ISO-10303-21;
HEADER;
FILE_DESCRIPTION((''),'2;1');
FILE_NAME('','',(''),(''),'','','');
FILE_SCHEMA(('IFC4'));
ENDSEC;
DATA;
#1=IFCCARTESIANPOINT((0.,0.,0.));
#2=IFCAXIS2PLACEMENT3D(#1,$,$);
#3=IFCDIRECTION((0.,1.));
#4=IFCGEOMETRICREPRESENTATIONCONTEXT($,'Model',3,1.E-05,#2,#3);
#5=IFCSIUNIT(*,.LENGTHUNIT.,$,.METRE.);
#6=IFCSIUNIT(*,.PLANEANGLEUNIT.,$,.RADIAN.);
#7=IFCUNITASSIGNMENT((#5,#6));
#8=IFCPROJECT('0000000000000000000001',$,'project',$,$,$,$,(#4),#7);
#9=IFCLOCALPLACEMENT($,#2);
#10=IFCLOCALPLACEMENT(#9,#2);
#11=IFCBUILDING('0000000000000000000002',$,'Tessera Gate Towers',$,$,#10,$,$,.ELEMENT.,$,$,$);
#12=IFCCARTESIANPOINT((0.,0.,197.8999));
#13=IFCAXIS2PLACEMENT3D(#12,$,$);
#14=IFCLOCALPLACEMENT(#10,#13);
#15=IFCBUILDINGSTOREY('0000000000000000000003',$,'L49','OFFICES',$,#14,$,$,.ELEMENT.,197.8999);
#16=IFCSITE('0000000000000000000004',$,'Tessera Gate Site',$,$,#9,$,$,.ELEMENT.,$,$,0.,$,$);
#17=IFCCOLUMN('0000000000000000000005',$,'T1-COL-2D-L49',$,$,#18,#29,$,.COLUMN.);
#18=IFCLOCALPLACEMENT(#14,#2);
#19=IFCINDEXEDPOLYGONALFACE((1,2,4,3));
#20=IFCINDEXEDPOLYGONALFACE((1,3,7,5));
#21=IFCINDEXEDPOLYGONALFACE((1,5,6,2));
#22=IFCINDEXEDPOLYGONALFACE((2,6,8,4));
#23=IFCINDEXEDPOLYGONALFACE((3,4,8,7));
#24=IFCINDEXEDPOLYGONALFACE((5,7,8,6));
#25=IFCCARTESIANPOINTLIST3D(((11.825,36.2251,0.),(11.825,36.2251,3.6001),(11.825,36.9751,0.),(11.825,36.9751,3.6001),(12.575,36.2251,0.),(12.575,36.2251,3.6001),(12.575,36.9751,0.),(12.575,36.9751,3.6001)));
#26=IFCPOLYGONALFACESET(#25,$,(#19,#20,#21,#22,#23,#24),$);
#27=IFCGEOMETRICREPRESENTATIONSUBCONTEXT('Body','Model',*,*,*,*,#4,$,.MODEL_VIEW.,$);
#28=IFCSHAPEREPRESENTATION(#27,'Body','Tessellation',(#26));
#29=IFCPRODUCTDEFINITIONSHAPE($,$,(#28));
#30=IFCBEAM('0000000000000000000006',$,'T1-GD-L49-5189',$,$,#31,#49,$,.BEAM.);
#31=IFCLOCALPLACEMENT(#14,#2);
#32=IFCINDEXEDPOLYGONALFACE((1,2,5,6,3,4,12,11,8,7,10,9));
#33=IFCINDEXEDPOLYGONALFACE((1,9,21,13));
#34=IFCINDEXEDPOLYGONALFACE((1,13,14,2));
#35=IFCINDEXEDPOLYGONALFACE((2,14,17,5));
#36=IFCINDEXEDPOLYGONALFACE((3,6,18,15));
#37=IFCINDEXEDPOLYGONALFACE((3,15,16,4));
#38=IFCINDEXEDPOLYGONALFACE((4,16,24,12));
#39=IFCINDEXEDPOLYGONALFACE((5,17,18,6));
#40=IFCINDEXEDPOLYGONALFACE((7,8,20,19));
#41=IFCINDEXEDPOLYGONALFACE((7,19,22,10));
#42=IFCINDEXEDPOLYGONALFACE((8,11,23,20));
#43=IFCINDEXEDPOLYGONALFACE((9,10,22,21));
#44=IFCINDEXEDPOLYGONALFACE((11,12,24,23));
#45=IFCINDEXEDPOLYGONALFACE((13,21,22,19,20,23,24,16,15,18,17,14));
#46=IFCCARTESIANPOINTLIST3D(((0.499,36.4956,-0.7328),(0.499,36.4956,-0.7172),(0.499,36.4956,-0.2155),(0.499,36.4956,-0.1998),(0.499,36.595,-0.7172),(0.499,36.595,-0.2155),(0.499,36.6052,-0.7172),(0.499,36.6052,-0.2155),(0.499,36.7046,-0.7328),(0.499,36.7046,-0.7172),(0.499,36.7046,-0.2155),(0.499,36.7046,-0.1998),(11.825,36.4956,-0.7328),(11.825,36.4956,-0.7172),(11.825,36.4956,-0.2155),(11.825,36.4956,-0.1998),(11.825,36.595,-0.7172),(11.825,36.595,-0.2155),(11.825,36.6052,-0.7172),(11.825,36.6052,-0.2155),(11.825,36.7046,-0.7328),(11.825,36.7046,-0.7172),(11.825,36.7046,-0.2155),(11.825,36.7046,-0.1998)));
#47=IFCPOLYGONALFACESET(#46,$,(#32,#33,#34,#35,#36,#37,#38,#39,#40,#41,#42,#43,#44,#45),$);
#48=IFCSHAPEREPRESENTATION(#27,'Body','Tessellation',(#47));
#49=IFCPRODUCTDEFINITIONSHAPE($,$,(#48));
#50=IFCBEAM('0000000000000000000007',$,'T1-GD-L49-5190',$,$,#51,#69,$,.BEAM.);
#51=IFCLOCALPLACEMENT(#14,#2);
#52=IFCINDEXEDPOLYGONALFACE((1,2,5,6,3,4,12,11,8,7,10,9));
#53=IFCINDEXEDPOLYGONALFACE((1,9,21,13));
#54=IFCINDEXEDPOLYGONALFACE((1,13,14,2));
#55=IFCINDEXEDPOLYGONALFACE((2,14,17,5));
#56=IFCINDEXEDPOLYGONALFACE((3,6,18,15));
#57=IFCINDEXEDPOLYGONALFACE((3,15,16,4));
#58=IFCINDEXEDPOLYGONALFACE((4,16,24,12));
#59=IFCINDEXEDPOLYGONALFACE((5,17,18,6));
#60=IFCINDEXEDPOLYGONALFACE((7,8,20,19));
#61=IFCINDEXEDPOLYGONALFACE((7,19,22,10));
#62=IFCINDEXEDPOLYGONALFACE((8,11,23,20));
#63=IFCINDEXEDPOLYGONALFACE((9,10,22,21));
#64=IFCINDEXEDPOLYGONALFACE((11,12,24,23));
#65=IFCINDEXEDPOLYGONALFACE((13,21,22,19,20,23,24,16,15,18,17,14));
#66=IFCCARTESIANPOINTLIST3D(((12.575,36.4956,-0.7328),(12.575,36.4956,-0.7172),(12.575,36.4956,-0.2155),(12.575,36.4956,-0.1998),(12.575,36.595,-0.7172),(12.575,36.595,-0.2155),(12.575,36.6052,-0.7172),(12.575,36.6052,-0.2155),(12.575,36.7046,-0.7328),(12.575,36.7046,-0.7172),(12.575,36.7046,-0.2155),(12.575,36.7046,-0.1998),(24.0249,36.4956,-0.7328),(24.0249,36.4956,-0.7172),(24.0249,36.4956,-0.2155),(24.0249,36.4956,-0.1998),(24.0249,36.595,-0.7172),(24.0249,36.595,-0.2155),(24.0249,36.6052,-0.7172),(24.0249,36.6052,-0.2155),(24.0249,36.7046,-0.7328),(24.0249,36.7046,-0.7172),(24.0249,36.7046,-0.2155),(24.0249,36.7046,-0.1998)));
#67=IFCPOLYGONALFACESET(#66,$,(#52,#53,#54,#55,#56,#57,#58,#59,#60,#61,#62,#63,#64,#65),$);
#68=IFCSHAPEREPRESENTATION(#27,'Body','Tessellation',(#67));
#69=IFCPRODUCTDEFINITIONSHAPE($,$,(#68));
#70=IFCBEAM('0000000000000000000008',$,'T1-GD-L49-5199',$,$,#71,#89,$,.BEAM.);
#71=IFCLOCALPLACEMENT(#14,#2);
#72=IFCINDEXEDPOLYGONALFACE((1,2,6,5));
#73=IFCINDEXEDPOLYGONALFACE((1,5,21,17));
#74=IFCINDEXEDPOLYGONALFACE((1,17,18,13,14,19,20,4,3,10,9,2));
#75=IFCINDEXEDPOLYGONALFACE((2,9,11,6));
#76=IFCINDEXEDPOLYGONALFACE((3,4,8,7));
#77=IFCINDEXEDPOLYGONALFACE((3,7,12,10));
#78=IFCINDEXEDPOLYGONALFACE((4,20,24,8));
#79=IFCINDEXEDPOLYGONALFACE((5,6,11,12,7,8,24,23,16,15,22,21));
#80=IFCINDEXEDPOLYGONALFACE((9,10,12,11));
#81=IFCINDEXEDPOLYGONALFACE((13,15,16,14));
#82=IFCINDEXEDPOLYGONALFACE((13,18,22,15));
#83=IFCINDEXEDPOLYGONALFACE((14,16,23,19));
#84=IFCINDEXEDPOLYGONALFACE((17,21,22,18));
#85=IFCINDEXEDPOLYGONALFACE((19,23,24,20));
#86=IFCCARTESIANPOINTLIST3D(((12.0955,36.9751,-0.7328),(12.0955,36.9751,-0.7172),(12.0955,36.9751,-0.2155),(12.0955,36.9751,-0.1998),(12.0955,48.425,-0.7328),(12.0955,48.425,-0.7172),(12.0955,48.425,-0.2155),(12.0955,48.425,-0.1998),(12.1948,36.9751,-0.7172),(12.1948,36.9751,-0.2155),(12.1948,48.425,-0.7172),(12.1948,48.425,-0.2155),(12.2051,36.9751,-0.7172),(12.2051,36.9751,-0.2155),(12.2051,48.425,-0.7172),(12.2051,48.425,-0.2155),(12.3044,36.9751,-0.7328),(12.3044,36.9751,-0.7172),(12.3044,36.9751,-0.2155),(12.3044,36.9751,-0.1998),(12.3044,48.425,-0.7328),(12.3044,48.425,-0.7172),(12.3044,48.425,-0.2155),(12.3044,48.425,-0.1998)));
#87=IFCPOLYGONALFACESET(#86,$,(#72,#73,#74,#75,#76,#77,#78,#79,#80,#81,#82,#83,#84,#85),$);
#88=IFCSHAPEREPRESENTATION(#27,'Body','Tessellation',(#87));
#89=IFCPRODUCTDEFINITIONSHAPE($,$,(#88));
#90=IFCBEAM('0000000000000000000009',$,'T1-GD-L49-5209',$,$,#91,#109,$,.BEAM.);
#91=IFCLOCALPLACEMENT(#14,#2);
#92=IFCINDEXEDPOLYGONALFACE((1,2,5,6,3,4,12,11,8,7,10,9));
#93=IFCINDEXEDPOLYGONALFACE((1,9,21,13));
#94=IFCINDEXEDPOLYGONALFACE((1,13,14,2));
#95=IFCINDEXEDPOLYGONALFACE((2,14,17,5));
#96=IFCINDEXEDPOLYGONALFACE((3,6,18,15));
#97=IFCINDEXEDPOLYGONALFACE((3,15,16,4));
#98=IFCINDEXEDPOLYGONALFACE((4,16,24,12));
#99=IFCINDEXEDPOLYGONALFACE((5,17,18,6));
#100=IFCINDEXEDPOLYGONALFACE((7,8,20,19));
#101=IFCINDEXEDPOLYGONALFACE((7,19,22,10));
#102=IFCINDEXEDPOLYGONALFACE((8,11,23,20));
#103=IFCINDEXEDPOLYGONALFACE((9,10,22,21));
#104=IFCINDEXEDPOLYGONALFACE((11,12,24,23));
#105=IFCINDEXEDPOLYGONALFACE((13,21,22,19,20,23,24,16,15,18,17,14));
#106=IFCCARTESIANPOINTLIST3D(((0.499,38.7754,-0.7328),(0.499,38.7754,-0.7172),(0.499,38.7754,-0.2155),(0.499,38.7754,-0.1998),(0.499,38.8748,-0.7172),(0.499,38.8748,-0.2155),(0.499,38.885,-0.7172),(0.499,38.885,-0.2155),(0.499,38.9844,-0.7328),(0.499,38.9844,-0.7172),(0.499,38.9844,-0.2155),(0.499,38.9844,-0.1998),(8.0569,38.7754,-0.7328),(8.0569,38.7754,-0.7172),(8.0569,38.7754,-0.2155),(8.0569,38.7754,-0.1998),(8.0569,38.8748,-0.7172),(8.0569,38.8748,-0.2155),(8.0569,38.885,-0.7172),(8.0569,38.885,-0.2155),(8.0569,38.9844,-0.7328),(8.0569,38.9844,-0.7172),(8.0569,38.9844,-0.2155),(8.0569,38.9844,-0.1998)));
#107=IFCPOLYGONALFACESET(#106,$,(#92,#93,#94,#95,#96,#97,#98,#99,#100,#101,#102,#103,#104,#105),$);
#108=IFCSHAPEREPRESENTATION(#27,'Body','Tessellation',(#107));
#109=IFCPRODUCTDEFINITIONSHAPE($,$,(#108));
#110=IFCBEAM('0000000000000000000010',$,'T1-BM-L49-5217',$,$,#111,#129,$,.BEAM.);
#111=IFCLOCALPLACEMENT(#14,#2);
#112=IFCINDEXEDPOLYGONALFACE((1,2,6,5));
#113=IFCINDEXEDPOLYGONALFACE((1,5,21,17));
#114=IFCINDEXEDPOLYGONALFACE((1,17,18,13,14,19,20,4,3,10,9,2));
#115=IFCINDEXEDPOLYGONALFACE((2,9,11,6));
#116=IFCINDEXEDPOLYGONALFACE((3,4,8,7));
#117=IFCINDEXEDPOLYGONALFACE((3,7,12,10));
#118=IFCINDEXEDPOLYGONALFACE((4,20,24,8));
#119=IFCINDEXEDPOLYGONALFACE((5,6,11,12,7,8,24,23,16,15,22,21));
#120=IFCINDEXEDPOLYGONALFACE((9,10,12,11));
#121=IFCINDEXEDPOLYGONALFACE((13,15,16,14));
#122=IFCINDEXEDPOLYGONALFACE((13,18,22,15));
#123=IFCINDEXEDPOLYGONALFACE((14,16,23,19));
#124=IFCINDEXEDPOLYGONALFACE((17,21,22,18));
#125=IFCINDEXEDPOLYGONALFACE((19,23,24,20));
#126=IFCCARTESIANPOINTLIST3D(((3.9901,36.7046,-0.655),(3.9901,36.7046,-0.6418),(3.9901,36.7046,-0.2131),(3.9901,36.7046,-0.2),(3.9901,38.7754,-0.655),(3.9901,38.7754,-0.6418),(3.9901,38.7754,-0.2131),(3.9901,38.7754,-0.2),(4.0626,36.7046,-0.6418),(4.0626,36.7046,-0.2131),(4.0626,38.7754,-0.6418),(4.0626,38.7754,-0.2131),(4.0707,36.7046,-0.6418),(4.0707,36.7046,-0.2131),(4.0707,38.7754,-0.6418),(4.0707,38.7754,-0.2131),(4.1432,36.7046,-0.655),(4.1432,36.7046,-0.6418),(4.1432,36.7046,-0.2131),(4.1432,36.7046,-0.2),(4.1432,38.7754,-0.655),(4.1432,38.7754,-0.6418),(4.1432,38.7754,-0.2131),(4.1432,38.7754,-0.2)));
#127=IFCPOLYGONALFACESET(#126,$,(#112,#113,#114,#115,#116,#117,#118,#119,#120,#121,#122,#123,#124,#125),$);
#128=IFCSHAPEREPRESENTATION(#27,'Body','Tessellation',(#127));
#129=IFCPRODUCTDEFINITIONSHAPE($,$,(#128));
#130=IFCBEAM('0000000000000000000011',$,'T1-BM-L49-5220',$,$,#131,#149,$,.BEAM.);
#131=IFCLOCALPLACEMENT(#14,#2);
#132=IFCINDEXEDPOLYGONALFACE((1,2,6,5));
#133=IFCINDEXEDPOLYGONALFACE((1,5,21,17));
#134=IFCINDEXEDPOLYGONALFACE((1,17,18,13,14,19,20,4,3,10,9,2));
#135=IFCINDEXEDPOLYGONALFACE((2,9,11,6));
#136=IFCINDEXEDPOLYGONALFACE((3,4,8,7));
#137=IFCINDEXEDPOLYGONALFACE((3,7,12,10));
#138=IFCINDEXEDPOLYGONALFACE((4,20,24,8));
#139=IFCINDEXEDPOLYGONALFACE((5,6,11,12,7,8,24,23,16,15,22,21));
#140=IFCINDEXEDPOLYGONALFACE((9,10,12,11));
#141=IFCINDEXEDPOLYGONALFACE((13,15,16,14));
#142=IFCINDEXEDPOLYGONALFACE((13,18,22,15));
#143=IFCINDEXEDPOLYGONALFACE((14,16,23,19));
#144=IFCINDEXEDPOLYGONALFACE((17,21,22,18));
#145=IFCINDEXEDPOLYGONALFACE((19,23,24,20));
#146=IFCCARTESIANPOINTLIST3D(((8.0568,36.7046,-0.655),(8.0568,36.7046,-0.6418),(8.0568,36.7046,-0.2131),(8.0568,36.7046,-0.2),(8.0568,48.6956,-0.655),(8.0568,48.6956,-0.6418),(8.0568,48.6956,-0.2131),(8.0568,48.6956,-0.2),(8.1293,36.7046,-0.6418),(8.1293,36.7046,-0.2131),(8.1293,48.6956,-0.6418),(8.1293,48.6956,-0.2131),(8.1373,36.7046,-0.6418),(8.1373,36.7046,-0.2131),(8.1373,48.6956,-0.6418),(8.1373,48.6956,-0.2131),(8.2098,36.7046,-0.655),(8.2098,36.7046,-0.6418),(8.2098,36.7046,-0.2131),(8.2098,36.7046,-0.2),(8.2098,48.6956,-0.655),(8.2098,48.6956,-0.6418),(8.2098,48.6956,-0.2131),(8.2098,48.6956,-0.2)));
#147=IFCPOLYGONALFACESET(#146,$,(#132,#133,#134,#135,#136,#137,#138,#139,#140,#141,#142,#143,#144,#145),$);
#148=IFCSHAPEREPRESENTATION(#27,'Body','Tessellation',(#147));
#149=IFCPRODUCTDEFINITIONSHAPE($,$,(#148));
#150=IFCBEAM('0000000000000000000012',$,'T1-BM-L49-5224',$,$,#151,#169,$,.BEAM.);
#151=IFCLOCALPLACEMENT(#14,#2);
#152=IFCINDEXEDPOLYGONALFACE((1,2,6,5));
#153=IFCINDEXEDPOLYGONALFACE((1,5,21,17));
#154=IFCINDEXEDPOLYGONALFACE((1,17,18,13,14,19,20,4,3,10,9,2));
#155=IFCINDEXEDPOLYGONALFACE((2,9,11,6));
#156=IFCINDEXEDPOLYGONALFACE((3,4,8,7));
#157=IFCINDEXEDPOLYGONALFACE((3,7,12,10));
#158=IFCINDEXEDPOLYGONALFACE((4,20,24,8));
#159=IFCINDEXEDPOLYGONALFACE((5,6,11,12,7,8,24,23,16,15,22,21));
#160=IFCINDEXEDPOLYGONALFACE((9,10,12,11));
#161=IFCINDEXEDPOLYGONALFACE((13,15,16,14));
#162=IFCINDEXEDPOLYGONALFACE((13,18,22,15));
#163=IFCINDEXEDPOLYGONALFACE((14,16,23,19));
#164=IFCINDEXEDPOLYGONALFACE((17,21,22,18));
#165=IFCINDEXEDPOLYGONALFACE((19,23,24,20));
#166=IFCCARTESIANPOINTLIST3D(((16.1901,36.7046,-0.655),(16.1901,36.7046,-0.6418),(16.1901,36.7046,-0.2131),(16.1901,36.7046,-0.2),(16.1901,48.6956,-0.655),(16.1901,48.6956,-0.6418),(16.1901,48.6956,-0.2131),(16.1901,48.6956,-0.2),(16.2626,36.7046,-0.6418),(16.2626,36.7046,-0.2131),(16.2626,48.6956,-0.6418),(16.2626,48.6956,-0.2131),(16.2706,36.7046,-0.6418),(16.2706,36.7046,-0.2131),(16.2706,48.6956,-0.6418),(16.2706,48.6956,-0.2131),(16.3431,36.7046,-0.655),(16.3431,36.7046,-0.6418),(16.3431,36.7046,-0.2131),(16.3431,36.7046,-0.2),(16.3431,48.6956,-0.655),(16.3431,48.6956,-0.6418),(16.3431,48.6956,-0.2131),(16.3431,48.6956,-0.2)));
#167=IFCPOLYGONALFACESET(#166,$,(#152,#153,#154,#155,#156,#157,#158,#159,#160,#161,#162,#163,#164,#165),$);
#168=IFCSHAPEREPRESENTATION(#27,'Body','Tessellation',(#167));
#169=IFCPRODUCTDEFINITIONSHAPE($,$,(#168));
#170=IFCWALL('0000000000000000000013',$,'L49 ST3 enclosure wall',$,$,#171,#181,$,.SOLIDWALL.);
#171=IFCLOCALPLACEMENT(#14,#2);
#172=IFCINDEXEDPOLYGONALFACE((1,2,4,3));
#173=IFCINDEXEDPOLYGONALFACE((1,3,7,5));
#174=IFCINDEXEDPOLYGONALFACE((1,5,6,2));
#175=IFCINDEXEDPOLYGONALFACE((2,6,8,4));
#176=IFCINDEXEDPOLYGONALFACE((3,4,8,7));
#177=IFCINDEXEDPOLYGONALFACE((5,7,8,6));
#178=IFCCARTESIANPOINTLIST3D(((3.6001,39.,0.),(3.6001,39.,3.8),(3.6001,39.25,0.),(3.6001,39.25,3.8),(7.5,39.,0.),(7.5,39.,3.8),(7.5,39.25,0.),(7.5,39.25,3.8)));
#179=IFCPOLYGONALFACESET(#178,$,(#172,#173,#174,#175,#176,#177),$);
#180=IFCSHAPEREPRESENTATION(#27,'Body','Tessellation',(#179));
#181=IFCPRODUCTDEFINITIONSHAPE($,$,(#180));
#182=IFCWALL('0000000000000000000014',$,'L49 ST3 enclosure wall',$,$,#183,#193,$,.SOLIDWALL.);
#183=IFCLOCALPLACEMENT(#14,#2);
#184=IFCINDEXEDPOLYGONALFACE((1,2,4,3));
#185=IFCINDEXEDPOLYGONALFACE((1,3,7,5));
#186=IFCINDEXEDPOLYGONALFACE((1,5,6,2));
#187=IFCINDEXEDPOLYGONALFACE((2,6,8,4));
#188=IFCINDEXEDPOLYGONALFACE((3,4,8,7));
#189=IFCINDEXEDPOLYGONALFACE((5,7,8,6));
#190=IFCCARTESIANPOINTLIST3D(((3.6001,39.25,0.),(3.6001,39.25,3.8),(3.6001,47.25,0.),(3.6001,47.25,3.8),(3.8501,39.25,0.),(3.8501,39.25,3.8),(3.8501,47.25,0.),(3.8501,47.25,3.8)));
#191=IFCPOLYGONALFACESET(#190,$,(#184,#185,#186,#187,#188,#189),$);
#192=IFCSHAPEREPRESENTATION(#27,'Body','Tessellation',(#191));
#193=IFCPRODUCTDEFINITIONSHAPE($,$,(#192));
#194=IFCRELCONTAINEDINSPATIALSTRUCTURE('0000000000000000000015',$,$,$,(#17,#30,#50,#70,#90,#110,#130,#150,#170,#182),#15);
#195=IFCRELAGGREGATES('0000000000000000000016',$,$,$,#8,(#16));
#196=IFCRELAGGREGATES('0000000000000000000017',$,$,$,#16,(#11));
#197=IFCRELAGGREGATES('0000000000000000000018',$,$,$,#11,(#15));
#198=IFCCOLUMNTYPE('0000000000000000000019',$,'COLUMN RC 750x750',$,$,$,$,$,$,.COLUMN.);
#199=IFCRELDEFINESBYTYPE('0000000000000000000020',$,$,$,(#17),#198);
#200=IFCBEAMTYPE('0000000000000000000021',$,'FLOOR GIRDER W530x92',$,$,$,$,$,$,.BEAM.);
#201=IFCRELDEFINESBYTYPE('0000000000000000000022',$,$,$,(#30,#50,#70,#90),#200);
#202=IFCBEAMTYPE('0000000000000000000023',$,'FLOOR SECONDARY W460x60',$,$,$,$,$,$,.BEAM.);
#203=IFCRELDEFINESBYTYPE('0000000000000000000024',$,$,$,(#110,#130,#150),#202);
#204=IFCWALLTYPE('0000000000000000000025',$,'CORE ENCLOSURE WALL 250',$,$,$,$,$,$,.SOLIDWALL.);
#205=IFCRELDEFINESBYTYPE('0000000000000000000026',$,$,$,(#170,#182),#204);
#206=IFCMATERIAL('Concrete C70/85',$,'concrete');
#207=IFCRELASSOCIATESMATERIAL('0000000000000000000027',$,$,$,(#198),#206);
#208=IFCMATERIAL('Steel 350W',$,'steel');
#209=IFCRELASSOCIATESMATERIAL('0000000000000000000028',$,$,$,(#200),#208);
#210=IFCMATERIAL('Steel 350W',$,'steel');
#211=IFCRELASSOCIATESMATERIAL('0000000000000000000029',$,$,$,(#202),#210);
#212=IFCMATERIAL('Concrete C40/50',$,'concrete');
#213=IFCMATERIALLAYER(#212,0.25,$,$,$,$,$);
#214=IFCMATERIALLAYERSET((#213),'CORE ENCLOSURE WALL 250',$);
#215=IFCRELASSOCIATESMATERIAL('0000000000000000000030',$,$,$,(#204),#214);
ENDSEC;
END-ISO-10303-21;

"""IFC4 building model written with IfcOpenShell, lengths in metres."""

from ifc_helpers import new_model, si_unit, direction, frame, frame_2d, origin, origin_2d, place, context, subcontext, project, spatial, rectangle, i_section, extrude, material, layer, layer_set, material_profile, profile_set, type_object, element, save


model = new_model("IFC4")

# Units and contexts
model_context = context("Model", 3, precision=1e-05, world=origin(), true_north=direction((0.0, 1.0)))
body_context = subcontext(model_context, "Body", "Model", "MODEL_VIEW")
ifc_project = project(units=[si_unit("LENGTHUNIT", "METRE"), si_unit("PLANEANGLEUNIT", "RADIAN")], contexts=[model_context])

# Site, building, storey
site_placement = place(None, origin())
site = spatial("IfcSite", under=ifc_project, at=site_placement, Name="Tessera Gate Site", CompositionType="ELEMENT", RefElevation=0.0)
building_placement = place(site_placement, origin())
building = spatial("IfcBuilding", under=site, at=building_placement, Name="Tessera Gate Towers", CompositionType="ELEMENT")
storey_placement = place(building_placement, frame((0.0, 0.0, 197.8999)))
storey = spatial("IfcBuildingStorey", under=building, at=storey_placement, Name="L49", Description="OFFICES", CompositionType="ELEMENT", Elevation=197.8999)

# Column
ifc_material_1 = material(Name="Concrete C70/85", Category="concrete")
ifc_material_profile_1 = material_profile(ifc_material_1, rectangle(XDim=0.75, YDim=0.75, at=origin_2d()), Name="RC 750x750")
ifc_profile_set_1 = profile_set([ifc_material_profile_1], Name="Concrete C70/85")
column_type = type_object("IfcColumnType", Name="COLUMN RC 750x750", PredefinedType="COLUMN", material=ifc_profile_set_1)
column_placement = place(storey_placement, frame((12.2, 36.6001, 0.0), z_axis=(0.0, 0.0, 1.0), x_axis=(1.0, 0.0, 0.0)))
element("IfcColumn", 1, at=column_placement, inside=storey, type_object=column_type, Name="T1-COL-2D-L49", PredefinedType="COLUMN", context=body_context, shape_type="SweptSolid", body=[
    extrude(rectangle(XDim=0.75, YDim=0.75, at=origin_2d()), origin(), (0.0, 0.0, 1.0), 3.6001),
])

# Beams
ifc_material_2 = material(Name="Steel 350W", Category="steel")
ifc_material_profile_2 = material_profile(ifc_material_2, i_section(OverallWidth=0.209, OverallDepth=0.533, WebThickness=0.0103, FlangeThickness=0.0156, at=origin_2d()), Name="W530x92")
ifc_profile_set_2 = profile_set([ifc_material_profile_2], Name="Steel 350W")
beam_type_1 = type_object("IfcBeamType", Name="FLOOR GIRDER W530x92", PredefinedType="BEAM", material=ifc_profile_set_2)
beam_1_placement = place(storey_placement, frame((0.499, 36.6001, -0.4663), z_axis=(1.0, 0.0, 0.0), x_axis=(0.0, 1.0, 0.0)))
element("IfcBeam", 2, at=beam_1_placement, inside=storey, type_object=beam_type_1, Name="T1-GD-L49-5189", PredefinedType="BEAM", context=body_context, shape_type="SweptSolid", body=[
    extrude(i_section(OverallWidth=0.209, OverallDepth=0.533, WebThickness=0.0103, FlangeThickness=0.0156, at=origin_2d()), origin(), (0.0, 0.0, 1.0), 11.3259),
])
for number, where, z_axis, x_axis, name in (
    (3, (12.575, 36.6001, -0.4663), (1.0, 0.0, 0.0), (0.0, 1.0, 0.0), "T1-GD-L49-5190"),
    (4, (12.2, 36.9751, -0.4663), (0.0, 1.0, 0.0), (-1.0, 0.0, 0.0), "T1-GD-L49-5199"),
):
    element("IfcBeam", number, at=place(storey_placement, frame(where, z_axis=z_axis, x_axis=x_axis)), inside=storey, type_object=beam_type_1, Name=name, PredefinedType="BEAM", context=body_context, shape_type="SweptSolid", body=[
        extrude(i_section(OverallWidth=0.209, OverallDepth=0.533, WebThickness=0.0103, FlangeThickness=0.0156, at=origin_2d()), origin(), (0.0, 0.0, 1.0), 11.45),
    ])
beam_2_placement = place(storey_placement, frame((0.499, 38.8799, -0.4663), z_axis=(1.0, 0.0, 0.0), x_axis=(0.0, 1.0, 0.0)))
element("IfcBeam", 5, at=beam_2_placement, inside=storey, type_object=beam_type_1, Name="T1-GD-L49-5209", PredefinedType="BEAM", context=body_context, shape_type="SweptSolid", body=[
    extrude(i_section(OverallWidth=0.209, OverallDepth=0.533, WebThickness=0.0103, FlangeThickness=0.0156, at=origin_2d()), origin(), (0.0, 0.0, 1.0), 7.5579),
])
ifc_material_3 = material(Name="Steel 350W", Category="steel")
ifc_material_profile_3 = material_profile(ifc_material_3, i_section(OverallWidth=0.1531, OverallDepth=0.4551, WebThickness=0.0081, FlangeThickness=0.0132, at=origin_2d()), Name="W460x60")
ifc_profile_set_3 = profile_set([ifc_material_profile_3], Name="Steel 350W")
beam_type_2 = type_object("IfcBeamType", Name="FLOOR SECONDARY W460x60", PredefinedType="BEAM", material=ifc_profile_set_3)
beam_3_placement = place(storey_placement, frame((4.0667, 36.7046, -0.4275), z_axis=(0.0, 1.0, 0.0), x_axis=(-1.0, 0.0, 0.0)))
element("IfcBeam", 6, at=beam_3_placement, inside=storey, type_object=beam_type_2, Name="T1-BM-L49-5217", PredefinedType="BEAM", context=body_context, shape_type="SweptSolid", body=[
    extrude(i_section(OverallWidth=0.1531, OverallDepth=0.4551, WebThickness=0.0081, FlangeThickness=0.0132, at=origin_2d()), origin(), (0.0, 0.0, 1.0), 2.0708),
])
for number, where, z_axis, x_axis, name in (
    (7, (8.1333, 36.7046, -0.4275), (0.0, 1.0, 0.0), (-1.0, 0.0, 0.0), "T1-BM-L49-5220"),
    (8, (16.2666, 36.7046, -0.4275), (0.0, 1.0, 0.0), (-1.0, 0.0, 0.0), "T1-BM-L49-5224"),
):
    element("IfcBeam", number, at=place(storey_placement, frame(where, z_axis=z_axis, x_axis=x_axis)), inside=storey, type_object=beam_type_2, Name=name, PredefinedType="BEAM", context=body_context, shape_type="SweptSolid", body=[
        extrude(i_section(OverallWidth=0.1531, OverallDepth=0.4551, WebThickness=0.0081, FlangeThickness=0.0132, at=origin_2d()), origin(), (0.0, 0.0, 1.0), 11.991),
    ])

# Walls
ifc_material_4 = material(Name="Concrete C40/50", Category="concrete")
ifc_layer_1 = layer(ifc_material_4, 0.25)
ifc_layer_set_1 = layer_set([ifc_layer_1], Name="CORE ENCLOSURE WALL 250")
wall_type_1 = type_object("IfcWallType", Name="CORE ENCLOSURE WALL 250", PredefinedType="SOLIDWALL", material=ifc_layer_set_1)
wall_1_placement = place(storey_placement, frame((7.5, 39.125, 0.0), z_axis=(0.0, 0.0, 1.0), x_axis=(-1.0, 0.0, 0.0)))
element("IfcWall", 9, at=wall_1_placement, inside=storey, type_object=wall_type_1, Name="L49 ST3 enclosure wall", PredefinedType="SOLIDWALL", context=body_context, shape_type="SweptSolid", body=[
    extrude(rectangle(XDim=3.8999, YDim=0.25, at=frame_2d((1.95, 0.0))), origin(), (0.0, 0.0, 1.0), 3.8),
])
wall_2_placement = place(storey_placement, frame((3.7251, 39.25, 0.0), z_axis=(0.0, 0.0, 1.0), x_axis=(0.0, 1.0, 0.0)))
element("IfcWall", 10, at=wall_2_placement, inside=storey, type_object=wall_type_1, Name="L49 ST3 enclosure wall", PredefinedType="SOLIDWALL", context=body_context, shape_type="SweptSolid", body=[
    extrude(rectangle(XDim=8.0, YDim=0.25, at=frame_2d((4.0, 0.0))), origin(), (0.0, 0.0, 1.0), 3.8),
])

save(model, "model.ifc")
